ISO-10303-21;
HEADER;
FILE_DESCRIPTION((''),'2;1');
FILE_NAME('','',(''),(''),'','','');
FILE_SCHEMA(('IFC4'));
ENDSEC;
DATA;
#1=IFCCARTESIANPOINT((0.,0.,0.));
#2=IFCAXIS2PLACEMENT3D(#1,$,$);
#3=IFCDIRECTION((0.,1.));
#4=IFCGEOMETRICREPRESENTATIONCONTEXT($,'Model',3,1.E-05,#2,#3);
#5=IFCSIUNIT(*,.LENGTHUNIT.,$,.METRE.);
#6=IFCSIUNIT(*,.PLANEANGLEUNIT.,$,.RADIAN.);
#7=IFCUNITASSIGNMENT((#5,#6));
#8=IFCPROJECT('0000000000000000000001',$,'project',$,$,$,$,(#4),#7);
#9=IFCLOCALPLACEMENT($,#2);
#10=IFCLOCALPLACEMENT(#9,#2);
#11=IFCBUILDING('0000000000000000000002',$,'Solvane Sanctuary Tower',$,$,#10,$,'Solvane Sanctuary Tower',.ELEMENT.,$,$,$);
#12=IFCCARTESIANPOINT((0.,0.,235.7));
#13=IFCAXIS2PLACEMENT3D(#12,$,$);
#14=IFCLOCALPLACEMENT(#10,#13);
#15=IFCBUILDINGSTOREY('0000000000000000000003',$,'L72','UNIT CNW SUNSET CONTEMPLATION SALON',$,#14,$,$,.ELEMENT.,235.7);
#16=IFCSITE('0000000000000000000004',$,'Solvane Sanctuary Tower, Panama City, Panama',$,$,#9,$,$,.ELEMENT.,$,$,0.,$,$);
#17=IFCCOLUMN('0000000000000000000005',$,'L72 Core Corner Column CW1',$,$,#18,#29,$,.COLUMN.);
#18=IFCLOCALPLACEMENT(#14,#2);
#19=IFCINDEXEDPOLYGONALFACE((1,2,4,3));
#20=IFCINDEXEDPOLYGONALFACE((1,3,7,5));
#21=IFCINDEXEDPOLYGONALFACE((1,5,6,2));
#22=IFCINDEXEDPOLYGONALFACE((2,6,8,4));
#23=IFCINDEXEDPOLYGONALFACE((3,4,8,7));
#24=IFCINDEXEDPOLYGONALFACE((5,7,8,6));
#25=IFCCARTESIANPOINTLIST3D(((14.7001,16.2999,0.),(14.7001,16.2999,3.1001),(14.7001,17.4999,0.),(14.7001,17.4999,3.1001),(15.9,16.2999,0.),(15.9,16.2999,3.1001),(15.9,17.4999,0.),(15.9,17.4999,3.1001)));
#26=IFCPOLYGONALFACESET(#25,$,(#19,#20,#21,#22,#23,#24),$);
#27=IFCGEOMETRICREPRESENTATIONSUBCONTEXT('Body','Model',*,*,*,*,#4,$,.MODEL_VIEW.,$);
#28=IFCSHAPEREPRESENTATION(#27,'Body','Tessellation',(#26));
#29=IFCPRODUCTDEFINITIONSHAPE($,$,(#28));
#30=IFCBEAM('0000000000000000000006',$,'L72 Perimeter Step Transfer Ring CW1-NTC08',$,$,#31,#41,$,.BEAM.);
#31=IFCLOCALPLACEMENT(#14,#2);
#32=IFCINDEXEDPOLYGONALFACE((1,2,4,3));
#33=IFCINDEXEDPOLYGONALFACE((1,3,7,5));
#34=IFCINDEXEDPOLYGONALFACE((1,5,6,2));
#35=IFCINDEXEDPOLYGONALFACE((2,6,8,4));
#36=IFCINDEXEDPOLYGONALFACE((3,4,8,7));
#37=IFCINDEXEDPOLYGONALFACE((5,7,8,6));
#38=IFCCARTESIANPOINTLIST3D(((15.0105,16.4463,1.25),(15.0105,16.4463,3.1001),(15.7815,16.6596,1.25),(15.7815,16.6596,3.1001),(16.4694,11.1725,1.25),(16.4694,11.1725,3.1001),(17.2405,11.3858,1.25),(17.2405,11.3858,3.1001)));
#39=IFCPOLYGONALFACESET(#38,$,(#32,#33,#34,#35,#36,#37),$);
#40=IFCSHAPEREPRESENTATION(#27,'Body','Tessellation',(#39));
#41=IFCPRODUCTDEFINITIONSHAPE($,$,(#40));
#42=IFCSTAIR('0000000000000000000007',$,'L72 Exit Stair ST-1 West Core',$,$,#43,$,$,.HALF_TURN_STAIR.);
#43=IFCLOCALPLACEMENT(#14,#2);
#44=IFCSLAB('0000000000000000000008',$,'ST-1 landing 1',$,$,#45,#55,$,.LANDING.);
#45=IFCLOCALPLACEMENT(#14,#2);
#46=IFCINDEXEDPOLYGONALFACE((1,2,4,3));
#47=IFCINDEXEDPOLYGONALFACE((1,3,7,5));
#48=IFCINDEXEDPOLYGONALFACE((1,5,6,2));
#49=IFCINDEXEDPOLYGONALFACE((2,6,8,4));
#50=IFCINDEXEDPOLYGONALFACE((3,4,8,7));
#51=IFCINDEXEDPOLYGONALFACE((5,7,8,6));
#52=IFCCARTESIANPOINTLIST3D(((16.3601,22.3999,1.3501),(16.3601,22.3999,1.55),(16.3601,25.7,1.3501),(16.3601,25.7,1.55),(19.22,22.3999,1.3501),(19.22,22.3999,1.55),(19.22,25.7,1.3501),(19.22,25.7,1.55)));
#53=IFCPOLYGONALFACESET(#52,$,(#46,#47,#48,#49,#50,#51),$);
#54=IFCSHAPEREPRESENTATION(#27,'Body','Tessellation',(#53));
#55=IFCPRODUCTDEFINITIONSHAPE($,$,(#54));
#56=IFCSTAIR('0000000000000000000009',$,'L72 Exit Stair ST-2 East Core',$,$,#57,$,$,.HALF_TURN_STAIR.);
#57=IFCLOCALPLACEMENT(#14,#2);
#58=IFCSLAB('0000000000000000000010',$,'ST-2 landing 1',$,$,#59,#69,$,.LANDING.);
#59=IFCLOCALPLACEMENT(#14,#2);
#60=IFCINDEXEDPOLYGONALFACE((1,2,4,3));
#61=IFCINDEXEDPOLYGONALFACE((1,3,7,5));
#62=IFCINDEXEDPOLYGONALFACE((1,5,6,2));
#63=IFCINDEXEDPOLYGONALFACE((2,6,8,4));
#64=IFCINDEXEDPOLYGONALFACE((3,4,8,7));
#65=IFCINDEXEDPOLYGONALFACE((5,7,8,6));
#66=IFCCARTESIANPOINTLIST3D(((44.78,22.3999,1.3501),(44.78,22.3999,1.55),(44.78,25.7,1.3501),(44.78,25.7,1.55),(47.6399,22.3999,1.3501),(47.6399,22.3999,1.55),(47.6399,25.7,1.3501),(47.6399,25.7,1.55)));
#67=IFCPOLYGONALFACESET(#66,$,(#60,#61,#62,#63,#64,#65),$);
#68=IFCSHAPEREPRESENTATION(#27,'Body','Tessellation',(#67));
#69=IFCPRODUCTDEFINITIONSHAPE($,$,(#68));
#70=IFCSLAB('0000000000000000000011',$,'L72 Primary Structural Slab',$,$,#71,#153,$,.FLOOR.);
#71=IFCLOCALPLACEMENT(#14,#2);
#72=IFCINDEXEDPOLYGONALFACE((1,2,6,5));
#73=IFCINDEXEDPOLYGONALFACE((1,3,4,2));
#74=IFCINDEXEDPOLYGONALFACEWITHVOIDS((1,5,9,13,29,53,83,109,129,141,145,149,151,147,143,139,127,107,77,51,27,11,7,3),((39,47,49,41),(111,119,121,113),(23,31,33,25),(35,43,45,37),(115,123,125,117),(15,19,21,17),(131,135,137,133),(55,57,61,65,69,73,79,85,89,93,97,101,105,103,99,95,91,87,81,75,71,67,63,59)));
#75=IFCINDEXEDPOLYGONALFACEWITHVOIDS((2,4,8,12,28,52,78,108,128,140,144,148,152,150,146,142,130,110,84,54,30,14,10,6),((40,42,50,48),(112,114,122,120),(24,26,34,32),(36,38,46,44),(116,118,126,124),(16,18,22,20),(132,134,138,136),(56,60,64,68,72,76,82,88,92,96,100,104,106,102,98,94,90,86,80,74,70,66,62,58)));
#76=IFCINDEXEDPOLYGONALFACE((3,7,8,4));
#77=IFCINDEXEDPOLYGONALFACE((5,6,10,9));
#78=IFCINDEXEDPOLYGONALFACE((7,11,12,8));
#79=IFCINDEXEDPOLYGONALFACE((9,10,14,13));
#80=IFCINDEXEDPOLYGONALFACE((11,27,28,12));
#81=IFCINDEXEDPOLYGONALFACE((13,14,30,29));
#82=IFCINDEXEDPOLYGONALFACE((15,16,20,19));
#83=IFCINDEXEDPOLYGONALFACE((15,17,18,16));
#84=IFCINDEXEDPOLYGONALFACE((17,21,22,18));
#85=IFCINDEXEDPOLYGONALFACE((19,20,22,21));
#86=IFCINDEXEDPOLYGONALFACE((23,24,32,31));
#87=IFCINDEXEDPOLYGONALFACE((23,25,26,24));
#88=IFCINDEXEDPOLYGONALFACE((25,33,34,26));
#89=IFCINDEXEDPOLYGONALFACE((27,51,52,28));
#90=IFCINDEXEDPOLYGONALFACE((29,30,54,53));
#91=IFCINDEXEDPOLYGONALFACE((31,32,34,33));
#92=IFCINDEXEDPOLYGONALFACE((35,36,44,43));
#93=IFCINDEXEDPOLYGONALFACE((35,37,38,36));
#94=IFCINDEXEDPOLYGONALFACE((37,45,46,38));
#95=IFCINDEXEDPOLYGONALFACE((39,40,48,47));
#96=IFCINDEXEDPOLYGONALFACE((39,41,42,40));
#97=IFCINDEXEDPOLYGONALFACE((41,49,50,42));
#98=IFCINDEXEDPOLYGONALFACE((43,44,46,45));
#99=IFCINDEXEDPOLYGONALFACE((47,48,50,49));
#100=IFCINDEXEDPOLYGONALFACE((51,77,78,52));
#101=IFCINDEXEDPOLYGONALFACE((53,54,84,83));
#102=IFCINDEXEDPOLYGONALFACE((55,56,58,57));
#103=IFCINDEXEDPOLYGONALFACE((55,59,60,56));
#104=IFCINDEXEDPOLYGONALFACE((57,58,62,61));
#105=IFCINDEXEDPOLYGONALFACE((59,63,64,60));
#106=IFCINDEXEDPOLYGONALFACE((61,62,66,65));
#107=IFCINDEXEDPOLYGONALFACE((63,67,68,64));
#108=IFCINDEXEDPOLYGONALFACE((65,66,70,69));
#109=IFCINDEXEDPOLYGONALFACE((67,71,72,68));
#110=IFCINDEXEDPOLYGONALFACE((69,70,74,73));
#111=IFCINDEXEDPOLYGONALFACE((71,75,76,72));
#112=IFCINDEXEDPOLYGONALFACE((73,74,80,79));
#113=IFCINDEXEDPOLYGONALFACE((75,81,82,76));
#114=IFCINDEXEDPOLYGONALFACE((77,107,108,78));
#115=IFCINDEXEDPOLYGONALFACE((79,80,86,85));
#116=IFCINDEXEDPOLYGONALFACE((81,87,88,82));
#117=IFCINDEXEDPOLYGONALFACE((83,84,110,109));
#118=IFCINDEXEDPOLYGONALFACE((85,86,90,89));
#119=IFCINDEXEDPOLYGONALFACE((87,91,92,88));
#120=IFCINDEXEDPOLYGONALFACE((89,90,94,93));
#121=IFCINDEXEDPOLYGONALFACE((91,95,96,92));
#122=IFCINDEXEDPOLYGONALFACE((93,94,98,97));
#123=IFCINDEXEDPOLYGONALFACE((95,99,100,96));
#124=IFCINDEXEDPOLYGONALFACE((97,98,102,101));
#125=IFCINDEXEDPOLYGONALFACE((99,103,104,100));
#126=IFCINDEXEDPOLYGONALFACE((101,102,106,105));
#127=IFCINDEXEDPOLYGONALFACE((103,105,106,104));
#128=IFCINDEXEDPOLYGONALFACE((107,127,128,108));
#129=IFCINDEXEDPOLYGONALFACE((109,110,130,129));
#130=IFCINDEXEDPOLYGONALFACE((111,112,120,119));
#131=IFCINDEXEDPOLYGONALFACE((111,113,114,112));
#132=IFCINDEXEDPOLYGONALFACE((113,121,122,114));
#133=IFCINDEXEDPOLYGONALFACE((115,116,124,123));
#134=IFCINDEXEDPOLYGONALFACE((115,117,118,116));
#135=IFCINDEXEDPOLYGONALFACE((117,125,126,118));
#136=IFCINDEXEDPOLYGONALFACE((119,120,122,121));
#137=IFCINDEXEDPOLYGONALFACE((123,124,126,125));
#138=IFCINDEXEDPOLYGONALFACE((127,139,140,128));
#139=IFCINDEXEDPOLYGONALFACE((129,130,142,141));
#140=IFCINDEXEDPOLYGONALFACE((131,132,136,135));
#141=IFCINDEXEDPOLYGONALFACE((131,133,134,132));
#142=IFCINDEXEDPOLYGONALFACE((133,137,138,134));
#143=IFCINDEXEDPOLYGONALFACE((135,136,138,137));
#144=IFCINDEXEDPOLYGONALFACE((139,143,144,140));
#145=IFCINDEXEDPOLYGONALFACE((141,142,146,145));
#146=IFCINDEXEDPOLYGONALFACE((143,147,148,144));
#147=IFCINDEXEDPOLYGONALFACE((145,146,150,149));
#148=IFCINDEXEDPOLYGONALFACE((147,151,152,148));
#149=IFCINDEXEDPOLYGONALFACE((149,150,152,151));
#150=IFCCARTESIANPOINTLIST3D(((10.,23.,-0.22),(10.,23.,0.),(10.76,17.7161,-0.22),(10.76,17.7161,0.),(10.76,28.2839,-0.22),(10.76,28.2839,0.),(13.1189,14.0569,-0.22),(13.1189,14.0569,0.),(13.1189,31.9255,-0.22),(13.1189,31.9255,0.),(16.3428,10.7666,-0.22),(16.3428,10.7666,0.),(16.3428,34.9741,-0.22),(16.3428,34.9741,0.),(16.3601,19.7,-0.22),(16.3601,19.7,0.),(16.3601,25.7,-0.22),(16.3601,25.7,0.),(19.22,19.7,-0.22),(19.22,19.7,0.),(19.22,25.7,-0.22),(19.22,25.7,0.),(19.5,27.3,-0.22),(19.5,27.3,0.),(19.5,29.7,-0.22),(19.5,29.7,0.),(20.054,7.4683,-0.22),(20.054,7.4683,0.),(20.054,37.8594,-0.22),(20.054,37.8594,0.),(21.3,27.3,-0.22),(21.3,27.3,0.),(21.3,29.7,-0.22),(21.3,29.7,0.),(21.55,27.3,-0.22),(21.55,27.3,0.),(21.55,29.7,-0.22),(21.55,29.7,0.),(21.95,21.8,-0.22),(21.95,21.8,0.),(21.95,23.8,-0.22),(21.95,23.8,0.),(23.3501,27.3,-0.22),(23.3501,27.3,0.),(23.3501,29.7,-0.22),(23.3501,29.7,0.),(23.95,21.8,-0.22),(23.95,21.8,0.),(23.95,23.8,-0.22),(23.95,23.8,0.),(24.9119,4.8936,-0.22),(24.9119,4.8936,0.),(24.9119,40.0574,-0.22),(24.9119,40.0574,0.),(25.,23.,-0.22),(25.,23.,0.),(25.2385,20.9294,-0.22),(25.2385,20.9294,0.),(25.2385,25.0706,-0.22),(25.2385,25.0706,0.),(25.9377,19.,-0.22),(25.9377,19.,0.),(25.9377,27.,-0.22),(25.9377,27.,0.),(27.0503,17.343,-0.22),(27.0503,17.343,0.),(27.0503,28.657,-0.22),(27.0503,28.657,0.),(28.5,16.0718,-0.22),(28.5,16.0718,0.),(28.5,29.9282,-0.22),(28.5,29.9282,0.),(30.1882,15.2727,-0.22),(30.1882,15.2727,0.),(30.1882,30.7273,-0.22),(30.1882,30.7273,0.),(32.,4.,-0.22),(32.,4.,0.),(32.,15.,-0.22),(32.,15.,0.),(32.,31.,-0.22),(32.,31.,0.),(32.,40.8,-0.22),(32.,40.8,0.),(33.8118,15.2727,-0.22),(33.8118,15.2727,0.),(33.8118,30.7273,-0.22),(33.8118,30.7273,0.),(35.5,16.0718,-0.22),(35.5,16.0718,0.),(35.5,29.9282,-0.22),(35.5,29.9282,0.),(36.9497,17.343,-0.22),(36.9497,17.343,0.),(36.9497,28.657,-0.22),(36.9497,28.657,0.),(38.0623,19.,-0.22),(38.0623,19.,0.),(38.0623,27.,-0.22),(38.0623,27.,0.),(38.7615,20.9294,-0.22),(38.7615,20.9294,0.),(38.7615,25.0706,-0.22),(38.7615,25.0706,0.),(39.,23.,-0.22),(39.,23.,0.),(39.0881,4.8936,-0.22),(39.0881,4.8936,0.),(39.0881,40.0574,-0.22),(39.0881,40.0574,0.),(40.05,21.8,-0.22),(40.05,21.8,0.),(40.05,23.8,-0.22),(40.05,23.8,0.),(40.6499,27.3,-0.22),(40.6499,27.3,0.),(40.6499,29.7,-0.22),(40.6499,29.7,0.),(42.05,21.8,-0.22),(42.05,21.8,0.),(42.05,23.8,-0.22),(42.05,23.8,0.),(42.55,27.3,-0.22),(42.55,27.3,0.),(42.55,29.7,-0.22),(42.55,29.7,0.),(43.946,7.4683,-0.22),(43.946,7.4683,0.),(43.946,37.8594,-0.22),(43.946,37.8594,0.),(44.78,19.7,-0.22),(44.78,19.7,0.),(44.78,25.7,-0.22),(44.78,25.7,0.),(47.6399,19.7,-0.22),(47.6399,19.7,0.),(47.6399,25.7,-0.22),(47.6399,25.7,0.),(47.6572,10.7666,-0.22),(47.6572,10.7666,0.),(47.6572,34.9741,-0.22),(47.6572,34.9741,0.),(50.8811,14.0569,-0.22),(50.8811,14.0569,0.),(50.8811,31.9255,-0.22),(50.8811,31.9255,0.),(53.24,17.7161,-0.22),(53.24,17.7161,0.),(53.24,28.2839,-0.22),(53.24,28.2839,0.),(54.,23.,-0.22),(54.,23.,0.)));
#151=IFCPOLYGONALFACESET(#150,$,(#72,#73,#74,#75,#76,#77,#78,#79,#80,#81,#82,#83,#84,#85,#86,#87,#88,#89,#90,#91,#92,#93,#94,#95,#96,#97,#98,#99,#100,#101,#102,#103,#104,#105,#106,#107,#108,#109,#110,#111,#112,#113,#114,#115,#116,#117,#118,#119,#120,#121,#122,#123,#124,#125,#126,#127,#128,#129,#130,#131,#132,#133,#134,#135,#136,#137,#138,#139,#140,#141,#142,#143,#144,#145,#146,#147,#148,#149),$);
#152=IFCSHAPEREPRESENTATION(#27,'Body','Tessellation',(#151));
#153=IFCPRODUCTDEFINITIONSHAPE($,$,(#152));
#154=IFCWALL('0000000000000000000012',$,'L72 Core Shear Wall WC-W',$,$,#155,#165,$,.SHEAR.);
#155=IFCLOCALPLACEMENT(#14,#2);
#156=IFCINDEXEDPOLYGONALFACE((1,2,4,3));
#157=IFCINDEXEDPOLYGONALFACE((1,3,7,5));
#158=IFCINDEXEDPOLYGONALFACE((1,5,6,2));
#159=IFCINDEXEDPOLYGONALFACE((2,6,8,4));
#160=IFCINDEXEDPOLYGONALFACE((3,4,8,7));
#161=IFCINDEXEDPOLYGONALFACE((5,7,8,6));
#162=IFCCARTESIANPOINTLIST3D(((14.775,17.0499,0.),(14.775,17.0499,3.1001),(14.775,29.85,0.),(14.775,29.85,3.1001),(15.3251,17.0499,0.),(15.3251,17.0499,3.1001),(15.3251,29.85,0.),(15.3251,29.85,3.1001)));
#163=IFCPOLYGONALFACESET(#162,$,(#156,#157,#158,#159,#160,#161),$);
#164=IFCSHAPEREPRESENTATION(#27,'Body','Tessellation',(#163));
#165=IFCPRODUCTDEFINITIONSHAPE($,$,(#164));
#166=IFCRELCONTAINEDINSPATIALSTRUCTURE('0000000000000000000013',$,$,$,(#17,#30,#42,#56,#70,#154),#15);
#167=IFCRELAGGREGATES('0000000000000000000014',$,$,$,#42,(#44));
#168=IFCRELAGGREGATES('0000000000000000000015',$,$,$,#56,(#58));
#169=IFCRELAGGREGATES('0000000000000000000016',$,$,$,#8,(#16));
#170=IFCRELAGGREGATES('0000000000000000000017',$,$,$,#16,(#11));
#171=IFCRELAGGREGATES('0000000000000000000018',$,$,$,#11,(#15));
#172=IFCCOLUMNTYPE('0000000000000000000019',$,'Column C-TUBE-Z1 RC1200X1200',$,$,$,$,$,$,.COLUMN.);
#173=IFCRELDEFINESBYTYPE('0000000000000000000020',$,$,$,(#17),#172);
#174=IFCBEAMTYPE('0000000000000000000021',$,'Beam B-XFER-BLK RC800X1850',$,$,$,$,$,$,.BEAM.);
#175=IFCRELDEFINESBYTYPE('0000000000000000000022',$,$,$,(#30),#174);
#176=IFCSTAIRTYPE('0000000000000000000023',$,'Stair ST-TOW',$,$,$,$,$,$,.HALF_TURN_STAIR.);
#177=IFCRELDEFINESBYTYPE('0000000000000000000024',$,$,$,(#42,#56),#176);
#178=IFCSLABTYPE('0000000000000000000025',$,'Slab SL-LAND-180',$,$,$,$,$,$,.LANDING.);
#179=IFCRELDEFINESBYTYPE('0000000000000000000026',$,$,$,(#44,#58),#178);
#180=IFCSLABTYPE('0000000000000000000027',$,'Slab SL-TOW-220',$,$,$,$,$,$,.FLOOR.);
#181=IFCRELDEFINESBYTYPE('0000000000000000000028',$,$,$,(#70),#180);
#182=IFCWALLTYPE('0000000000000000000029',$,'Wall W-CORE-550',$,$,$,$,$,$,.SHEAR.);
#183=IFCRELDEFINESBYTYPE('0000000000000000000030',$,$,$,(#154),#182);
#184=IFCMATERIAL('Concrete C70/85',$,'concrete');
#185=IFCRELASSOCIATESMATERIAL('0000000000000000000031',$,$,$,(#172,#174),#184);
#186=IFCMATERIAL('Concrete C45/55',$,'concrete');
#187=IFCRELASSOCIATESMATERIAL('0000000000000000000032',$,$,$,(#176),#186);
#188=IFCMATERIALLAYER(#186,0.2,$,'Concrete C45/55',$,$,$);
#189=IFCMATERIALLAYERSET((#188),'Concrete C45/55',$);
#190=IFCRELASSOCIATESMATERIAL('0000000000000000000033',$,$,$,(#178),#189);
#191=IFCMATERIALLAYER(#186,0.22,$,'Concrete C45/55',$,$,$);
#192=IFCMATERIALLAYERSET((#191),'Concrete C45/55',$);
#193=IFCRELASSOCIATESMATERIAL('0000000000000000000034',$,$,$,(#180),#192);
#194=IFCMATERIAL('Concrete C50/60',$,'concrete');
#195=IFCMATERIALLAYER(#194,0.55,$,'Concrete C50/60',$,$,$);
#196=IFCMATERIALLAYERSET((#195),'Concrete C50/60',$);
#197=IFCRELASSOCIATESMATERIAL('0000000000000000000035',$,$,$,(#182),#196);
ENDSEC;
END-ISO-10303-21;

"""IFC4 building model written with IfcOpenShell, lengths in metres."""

from ifc_helpers import new_model, si_unit, direction, frame, frame_2d, origin, origin_2d, place, context, subcontext, project, spatial, polyline, rectangle, outline, extrude, material, layer, layer_set, material_profile, profile_set, type_object, element, aggregate, save


model = new_model("IFC4")

# Units and contexts
model_context = context("Model", 3, precision=1e-05, world=origin(), true_north=direction((0.0, 1.0)))
body_context = subcontext(model_context, "Body", "Model", "MODEL_VIEW")
ifc_project = project(units=[si_unit("LENGTHUNIT", "METRE"), si_unit("PLANEANGLEUNIT", "RADIAN")], contexts=[model_context])

# Site, building, storey
site_placement = place(None, origin())
site = spatial("IfcSite", under=ifc_project, at=site_placement, Name="Solvane Sanctuary Tower, Panama City, Panama", CompositionType="ELEMENT", RefElevation=0.0)
building_placement = place(site_placement, origin())
building = spatial("IfcBuilding", under=site, at=building_placement, Name="Solvane Sanctuary Tower", LongName="Solvane Sanctuary Tower", CompositionType="ELEMENT")
storey_placement = place(building_placement, frame((0.0, 0.0, 235.7)))
storey = spatial("IfcBuildingStorey", under=building, at=storey_placement, Name="L72", Description="UNIT CNW SUNSET CONTEMPLATION SALON", CompositionType="ELEMENT", Elevation=235.7)

# Column
ifc_material_1 = material(Name="Concrete C70/85", Category="concrete")
ifc_material_profile_1 = material_profile(ifc_material_1, rectangle(XDim=1.2, YDim=1.2, at=origin_2d()), Name="RC1200X1200")
ifc_profile_set_1 = profile_set([ifc_material_profile_1], Name="Concrete C70/85")
column_type = type_object("IfcColumnType", Name="Column C-TUBE-Z1 RC1200X1200", PredefinedType="COLUMN", material=ifc_profile_set_1)
column_placement = place(storey_placement, frame((15.3, 16.8999, 0.0), z_axis=(0.0, 0.0, 1.0), x_axis=(1.0, 0.0, 0.0)))
element("IfcColumn", 1, at=column_placement, inside=storey, type_object=column_type, Name="L72 Core Corner Column CW1", PredefinedType="COLUMN", context=body_context, shape_type="SweptSolid", body=[
    extrude(rectangle(XDim=1.2, YDim=1.2, at=origin_2d()), origin(), (0.0, 0.0, 1.0), 3.1001),
])

# Beam
ifc_material_profile_2 = material_profile(ifc_material_1, rectangle(XDim=0.8, YDim=1.8501, at=origin_2d()), Name="RC800X1850")
ifc_profile_set_2 = profile_set([ifc_material_profile_2], Name="Concrete C70/85")
beam_type = type_object("IfcBeamType", Name="Beam B-XFER-BLK RC800X1850", PredefinedType="BEAM", material=ifc_profile_set_2)
beam_placement = place(storey_placement, frame((15.396, 16.553, 2.175), z_axis=(0.266627, -0.9638, 0.0), x_axis=(0.9638, 0.266627, 0.0)))
element("IfcBeam", 2, at=beam_placement, inside=storey, type_object=beam_type, Name="L72 Perimeter Step Transfer Ring CW1-NTC08", PredefinedType="BEAM", context=body_context, shape_type="SweptSolid", body=[
    extrude(rectangle(XDim=0.8, YDim=1.8501, at=origin_2d()), origin(), (0.0, 0.0, 1.0), 5.4719),
])

# Stairs, slabs
ifc_material_2 = material(Name="Concrete C45/55", Category="concrete")
stair_type = type_object("IfcStairType", Name="Stair ST-TOW", PredefinedType="HALF_TURN_STAIR", material=ifc_material_2)
stair_1_placement = place(storey_placement, origin())
stair_1 = element("IfcStair", 3, at=stair_1_placement, inside=storey, type_object=stair_type, Name="L72 Exit Stair ST-1 West Core", PredefinedType="HALF_TURN_STAIR")
ifc_layer_1 = layer(ifc_material_2, 0.2, Name="Concrete C45/55")
ifc_layer_set_1 = layer_set([ifc_layer_1], Name="Concrete C45/55")
slab_type_1 = type_object("IfcSlabType", Name="Slab SL-LAND-180", PredefinedType="LANDING", material=ifc_layer_set_1)
slab_1_placement = place(storey_placement, frame((0.0, 0.0, 1.3501)))
slab_1 = element("IfcSlab", 4, at=slab_1_placement, type_object=slab_type_1, Name="ST-1 landing 1", PredefinedType="LANDING", context=body_context, shape_type="SweptSolid", body=[
    extrude(outline(polyline([(19.22, 22.3999), (19.22, 25.7), (16.3601, 25.7), (16.3601, 22.3999), (19.22, 22.3999)])), origin(), (0.0, 0.0, 1.0), 0.2),
])
aggregate(stair_1, [slab_1])
stair_2_placement = place(storey_placement, origin())
stair_2 = element("IfcStair", 5, at=stair_2_placement, inside=storey, type_object=stair_type, Name="L72 Exit Stair ST-2 East Core", PredefinedType="HALF_TURN_STAIR")
slab_2_placement = place(storey_placement, frame((0.0, 0.0, 1.3501)))
slab_2 = element("IfcSlab", 6, at=slab_2_placement, type_object=slab_type_1, Name="ST-2 landing 1", PredefinedType="LANDING", context=body_context, shape_type="SweptSolid", body=[
    extrude(outline(polyline([(47.6399, 22.3999), (47.6399, 25.7), (44.78, 25.7), (44.78, 22.3999), (47.6399, 22.3999)])), origin(), (0.0, 0.0, 1.0), 0.2),
])
aggregate(stair_2, [slab_2])

# Slab
ifc_layer_2 = layer(ifc_material_2, 0.22, Name="Concrete C45/55")
ifc_layer_set_2 = layer_set([ifc_layer_2], Name="Concrete C45/55")
slab_type_2 = type_object("IfcSlabType", Name="Slab SL-TOW-220", PredefinedType="FLOOR", material=ifc_layer_set_2)
slab_3_placement = place(storey_placement, frame((0.0, 0.0, -0.22)))
element("IfcSlab", 7, at=slab_3_placement, inside=storey, type_object=slab_type_2, Name="L72 Primary Structural Slab", PredefinedType="FLOOR", context=body_context, shape_type="SweptSolid", body=[
    extrude(outline(polyline([(54.0, 23.0), (53.24, 28.2839), (50.8811, 31.9255), (47.6572, 34.9741), (43.946, 37.8594), (39.0881, 40.0574), (32.0, 40.8), (24.9119, 40.0574), (20.054, 37.8594), (16.3428, 34.9741), (13.1189, 31.9255), (10.76, 28.2839), (10.0, 23.0), (10.76, 17.7161), (13.1189, 14.0569), (16.3428, 10.7666), (20.054, 7.4683), (24.9119, 4.8936), (32.0, 4.0), (39.0881, 4.8936), (43.946, 7.4683), (47.6572, 10.7666), (50.8811, 14.0569), (53.24, 17.7161), (54.0, 23.0)]), holes=[polyline([(38.7615, 20.9294), (38.0623, 19.0), (36.9497, 17.343), (35.5, 16.0718), (33.8118, 15.2727), (32.0, 15.0), (30.1882, 15.2727), (28.5, 16.0718), (27.0503, 17.343), (25.9377, 19.0), (25.2385, 20.9294), (25.0, 23.0), (25.2385, 25.0706), (25.9377, 27.0), (27.0503, 28.657), (28.5, 29.9282), (30.1882, 30.7273), (32.0, 31.0), (33.8118, 30.7273), (35.5, 29.9282), (36.9497, 28.657), (38.0623, 27.0), (38.7615, 25.0706), (39.0, 23.0), (38.7615, 20.9294)]), polyline([(16.3601, 19.7), (16.3601, 25.7), (19.22, 25.7), (19.22, 19.7), (16.3601, 19.7)]), polyline([(44.78, 19.7), (44.78, 25.7), (47.6399, 25.7), (47.6399, 19.7), (44.78, 19.7)]), polyline([(21.95, 23.8), (23.95, 23.8), (23.95, 21.8), (21.95, 21.8), (21.95, 23.8)]), polyline([(40.05, 23.8), (42.05, 23.8), (42.05, 21.8), (40.05, 21.8), (40.05, 23.8)]), polyline([(19.5, 29.7), (21.3, 29.7), (21.3, 27.3), (19.5, 27.3), (19.5, 29.7)]), polyline([(21.55, 29.7), (23.3501, 29.7), (23.3501, 27.3), (21.55, 27.3), (21.55, 29.7)]), polyline([(40.6499, 29.7), (42.55, 29.7), (42.55, 27.3), (40.6499, 27.3), (40.6499, 29.7)])]), origin(), (0.0, 0.0, 1.0), 0.22),
])

# Wall
ifc_material_3 = material(Name="Concrete C50/60", Category="concrete")
ifc_layer_3 = layer(ifc_material_3, 0.55, Name="Concrete C50/60")
ifc_layer_set_3 = layer_set([ifc_layer_3], Name="Concrete C50/60")
wall_type_1 = type_object("IfcWallType", Name="Wall W-CORE-550", PredefinedType="SHEAR", material=ifc_layer_set_3)
wall_1_placement = place(storey_placement, frame((15.05, 17.05, 0.0), z_axis=(0.0, 0.0, 1.0), x_axis=(0.0, 1.0, 0.0)))
element("IfcWall", 8, at=wall_1_placement, inside=storey, type_object=wall_type_1, Name="L72 Core Shear Wall WC-W", PredefinedType="SHEAR", context=body_context, shape_type="SweptSolid", body=[
    extrude(rectangle(XDim=12.8, YDim=0.55, at=frame_2d((6.3999, 0.0))), origin(), (0.0, 0.0, 1.0), 3.1001),
])

save(model, "model.ifc")
